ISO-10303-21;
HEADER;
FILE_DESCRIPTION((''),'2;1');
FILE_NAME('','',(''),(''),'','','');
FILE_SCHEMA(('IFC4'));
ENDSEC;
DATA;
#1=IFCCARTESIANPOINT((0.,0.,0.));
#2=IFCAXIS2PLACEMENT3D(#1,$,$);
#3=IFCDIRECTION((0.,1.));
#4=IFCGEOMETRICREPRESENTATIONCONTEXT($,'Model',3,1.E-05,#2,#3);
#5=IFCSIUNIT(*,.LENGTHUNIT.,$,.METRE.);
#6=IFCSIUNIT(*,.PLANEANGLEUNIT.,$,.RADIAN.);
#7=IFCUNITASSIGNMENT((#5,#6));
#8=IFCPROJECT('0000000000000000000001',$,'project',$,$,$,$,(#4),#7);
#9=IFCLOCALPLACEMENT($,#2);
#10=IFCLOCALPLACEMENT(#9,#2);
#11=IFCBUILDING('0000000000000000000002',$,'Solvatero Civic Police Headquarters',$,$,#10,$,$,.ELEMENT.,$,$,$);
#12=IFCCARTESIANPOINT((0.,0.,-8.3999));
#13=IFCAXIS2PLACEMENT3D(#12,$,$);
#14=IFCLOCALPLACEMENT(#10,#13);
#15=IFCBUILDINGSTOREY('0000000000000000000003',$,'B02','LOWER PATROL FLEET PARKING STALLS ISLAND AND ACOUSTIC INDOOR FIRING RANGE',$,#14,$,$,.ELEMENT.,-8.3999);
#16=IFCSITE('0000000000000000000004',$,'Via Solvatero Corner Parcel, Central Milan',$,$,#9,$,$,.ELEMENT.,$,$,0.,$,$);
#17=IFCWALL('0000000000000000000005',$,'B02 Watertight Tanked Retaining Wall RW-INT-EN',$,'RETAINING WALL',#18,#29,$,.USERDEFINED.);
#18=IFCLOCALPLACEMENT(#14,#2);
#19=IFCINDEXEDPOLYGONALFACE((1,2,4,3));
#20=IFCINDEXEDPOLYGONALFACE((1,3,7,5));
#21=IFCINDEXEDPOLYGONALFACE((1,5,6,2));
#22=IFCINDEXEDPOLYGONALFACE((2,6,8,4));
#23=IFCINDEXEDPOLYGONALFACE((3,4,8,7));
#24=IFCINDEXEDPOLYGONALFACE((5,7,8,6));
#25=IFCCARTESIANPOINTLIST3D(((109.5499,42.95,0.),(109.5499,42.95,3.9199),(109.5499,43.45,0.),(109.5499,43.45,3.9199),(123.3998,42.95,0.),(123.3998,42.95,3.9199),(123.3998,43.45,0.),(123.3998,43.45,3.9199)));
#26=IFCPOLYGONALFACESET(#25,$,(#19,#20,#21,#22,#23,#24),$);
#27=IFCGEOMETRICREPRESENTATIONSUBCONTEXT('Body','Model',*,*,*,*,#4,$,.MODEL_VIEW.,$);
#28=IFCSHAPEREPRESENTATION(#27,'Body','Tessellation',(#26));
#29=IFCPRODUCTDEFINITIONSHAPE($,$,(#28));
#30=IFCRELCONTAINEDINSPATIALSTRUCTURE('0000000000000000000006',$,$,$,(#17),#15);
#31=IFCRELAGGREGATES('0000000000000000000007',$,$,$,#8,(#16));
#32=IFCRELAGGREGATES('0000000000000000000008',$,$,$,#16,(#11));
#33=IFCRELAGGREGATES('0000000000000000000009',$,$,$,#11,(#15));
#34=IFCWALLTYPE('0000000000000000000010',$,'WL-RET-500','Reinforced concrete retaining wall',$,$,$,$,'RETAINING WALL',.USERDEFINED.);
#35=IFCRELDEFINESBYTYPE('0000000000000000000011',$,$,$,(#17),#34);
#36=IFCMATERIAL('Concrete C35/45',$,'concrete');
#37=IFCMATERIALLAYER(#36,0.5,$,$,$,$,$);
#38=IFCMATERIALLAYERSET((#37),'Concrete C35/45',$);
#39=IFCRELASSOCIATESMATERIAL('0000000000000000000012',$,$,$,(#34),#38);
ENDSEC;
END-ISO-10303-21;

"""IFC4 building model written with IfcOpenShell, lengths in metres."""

from ifc_helpers import new_model, si_unit, direction, frame, frame_2d, origin, place, context, subcontext, project, spatial, rectangle, extrude, material, layer, layer_set, type_object, element, save


model = new_model("IFC4")

# Units and contexts
model_context = context("Model", 3, precision=1e-05, world=origin(), true_north=direction((0.0, 1.0)))
body_context = subcontext(model_context, "Body", "Model", "MODEL_VIEW")
ifc_project = project(units=[si_unit("LENGTHUNIT", "METRE"), si_unit("PLANEANGLEUNIT", "RADIAN")], contexts=[model_context])

# Site, building, storey
site_placement = place(None, origin())
site = spatial("IfcSite", under=ifc_project, at=site_placement, Name="Via Solvatero Corner Parcel, Central Milan", CompositionType="ELEMENT", RefElevation=0.0)
building_placement = place(site_placement, origin())
building = spatial("IfcBuilding", under=site, at=building_placement, Name="Solvatero Civic Police Headquarters", CompositionType="ELEMENT")
storey_placement = place(building_placement, frame((0.0, 0.0, -8.3999)))
storey = spatial("IfcBuildingStorey", under=building, at=storey_placement, Name="B02", Description="LOWER PATROL FLEET PARKING STALLS ISLAND AND ACOUSTIC INDOOR FIRING RANGE", CompositionType="ELEMENT", Elevation=-8.3999)

# Wall
ifc_material_1 = material(Name="Concrete C35/45", Category="concrete")
ifc_layer = layer(ifc_material_1, 0.5)
ifc_layer_set = layer_set([ifc_layer], Name="Concrete C35/45")
wall_type = type_object("IfcWallType", Name="WL-RET-500", Description="Reinforced concrete retaining wall", ElementType="RETAINING WALL", PredefinedType="USERDEFINED", material=ifc_layer_set)
wall_placement = place(storey_placement, frame((109.55, 43.2, 0.0), z_axis=(0.0, 0.0, 1.0), x_axis=(1.0, 0.0, 0.0)))
element("IfcWall", 1, at=wall_placement, inside=storey, type_object=wall_type, Name="B02 Watertight Tanked Retaining Wall RW-INT-EN", ObjectType="RETAINING WALL", PredefinedType="USERDEFINED", context=body_context, shape_type="SweptSolid", body=[
    extrude(rectangle(XDim=13.8499, YDim=0.5, at=frame_2d((6.9248, 0.0))), origin(), (0.0, 0.0, 1.0), 3.9199),
])

save(model, "model.ifc")
